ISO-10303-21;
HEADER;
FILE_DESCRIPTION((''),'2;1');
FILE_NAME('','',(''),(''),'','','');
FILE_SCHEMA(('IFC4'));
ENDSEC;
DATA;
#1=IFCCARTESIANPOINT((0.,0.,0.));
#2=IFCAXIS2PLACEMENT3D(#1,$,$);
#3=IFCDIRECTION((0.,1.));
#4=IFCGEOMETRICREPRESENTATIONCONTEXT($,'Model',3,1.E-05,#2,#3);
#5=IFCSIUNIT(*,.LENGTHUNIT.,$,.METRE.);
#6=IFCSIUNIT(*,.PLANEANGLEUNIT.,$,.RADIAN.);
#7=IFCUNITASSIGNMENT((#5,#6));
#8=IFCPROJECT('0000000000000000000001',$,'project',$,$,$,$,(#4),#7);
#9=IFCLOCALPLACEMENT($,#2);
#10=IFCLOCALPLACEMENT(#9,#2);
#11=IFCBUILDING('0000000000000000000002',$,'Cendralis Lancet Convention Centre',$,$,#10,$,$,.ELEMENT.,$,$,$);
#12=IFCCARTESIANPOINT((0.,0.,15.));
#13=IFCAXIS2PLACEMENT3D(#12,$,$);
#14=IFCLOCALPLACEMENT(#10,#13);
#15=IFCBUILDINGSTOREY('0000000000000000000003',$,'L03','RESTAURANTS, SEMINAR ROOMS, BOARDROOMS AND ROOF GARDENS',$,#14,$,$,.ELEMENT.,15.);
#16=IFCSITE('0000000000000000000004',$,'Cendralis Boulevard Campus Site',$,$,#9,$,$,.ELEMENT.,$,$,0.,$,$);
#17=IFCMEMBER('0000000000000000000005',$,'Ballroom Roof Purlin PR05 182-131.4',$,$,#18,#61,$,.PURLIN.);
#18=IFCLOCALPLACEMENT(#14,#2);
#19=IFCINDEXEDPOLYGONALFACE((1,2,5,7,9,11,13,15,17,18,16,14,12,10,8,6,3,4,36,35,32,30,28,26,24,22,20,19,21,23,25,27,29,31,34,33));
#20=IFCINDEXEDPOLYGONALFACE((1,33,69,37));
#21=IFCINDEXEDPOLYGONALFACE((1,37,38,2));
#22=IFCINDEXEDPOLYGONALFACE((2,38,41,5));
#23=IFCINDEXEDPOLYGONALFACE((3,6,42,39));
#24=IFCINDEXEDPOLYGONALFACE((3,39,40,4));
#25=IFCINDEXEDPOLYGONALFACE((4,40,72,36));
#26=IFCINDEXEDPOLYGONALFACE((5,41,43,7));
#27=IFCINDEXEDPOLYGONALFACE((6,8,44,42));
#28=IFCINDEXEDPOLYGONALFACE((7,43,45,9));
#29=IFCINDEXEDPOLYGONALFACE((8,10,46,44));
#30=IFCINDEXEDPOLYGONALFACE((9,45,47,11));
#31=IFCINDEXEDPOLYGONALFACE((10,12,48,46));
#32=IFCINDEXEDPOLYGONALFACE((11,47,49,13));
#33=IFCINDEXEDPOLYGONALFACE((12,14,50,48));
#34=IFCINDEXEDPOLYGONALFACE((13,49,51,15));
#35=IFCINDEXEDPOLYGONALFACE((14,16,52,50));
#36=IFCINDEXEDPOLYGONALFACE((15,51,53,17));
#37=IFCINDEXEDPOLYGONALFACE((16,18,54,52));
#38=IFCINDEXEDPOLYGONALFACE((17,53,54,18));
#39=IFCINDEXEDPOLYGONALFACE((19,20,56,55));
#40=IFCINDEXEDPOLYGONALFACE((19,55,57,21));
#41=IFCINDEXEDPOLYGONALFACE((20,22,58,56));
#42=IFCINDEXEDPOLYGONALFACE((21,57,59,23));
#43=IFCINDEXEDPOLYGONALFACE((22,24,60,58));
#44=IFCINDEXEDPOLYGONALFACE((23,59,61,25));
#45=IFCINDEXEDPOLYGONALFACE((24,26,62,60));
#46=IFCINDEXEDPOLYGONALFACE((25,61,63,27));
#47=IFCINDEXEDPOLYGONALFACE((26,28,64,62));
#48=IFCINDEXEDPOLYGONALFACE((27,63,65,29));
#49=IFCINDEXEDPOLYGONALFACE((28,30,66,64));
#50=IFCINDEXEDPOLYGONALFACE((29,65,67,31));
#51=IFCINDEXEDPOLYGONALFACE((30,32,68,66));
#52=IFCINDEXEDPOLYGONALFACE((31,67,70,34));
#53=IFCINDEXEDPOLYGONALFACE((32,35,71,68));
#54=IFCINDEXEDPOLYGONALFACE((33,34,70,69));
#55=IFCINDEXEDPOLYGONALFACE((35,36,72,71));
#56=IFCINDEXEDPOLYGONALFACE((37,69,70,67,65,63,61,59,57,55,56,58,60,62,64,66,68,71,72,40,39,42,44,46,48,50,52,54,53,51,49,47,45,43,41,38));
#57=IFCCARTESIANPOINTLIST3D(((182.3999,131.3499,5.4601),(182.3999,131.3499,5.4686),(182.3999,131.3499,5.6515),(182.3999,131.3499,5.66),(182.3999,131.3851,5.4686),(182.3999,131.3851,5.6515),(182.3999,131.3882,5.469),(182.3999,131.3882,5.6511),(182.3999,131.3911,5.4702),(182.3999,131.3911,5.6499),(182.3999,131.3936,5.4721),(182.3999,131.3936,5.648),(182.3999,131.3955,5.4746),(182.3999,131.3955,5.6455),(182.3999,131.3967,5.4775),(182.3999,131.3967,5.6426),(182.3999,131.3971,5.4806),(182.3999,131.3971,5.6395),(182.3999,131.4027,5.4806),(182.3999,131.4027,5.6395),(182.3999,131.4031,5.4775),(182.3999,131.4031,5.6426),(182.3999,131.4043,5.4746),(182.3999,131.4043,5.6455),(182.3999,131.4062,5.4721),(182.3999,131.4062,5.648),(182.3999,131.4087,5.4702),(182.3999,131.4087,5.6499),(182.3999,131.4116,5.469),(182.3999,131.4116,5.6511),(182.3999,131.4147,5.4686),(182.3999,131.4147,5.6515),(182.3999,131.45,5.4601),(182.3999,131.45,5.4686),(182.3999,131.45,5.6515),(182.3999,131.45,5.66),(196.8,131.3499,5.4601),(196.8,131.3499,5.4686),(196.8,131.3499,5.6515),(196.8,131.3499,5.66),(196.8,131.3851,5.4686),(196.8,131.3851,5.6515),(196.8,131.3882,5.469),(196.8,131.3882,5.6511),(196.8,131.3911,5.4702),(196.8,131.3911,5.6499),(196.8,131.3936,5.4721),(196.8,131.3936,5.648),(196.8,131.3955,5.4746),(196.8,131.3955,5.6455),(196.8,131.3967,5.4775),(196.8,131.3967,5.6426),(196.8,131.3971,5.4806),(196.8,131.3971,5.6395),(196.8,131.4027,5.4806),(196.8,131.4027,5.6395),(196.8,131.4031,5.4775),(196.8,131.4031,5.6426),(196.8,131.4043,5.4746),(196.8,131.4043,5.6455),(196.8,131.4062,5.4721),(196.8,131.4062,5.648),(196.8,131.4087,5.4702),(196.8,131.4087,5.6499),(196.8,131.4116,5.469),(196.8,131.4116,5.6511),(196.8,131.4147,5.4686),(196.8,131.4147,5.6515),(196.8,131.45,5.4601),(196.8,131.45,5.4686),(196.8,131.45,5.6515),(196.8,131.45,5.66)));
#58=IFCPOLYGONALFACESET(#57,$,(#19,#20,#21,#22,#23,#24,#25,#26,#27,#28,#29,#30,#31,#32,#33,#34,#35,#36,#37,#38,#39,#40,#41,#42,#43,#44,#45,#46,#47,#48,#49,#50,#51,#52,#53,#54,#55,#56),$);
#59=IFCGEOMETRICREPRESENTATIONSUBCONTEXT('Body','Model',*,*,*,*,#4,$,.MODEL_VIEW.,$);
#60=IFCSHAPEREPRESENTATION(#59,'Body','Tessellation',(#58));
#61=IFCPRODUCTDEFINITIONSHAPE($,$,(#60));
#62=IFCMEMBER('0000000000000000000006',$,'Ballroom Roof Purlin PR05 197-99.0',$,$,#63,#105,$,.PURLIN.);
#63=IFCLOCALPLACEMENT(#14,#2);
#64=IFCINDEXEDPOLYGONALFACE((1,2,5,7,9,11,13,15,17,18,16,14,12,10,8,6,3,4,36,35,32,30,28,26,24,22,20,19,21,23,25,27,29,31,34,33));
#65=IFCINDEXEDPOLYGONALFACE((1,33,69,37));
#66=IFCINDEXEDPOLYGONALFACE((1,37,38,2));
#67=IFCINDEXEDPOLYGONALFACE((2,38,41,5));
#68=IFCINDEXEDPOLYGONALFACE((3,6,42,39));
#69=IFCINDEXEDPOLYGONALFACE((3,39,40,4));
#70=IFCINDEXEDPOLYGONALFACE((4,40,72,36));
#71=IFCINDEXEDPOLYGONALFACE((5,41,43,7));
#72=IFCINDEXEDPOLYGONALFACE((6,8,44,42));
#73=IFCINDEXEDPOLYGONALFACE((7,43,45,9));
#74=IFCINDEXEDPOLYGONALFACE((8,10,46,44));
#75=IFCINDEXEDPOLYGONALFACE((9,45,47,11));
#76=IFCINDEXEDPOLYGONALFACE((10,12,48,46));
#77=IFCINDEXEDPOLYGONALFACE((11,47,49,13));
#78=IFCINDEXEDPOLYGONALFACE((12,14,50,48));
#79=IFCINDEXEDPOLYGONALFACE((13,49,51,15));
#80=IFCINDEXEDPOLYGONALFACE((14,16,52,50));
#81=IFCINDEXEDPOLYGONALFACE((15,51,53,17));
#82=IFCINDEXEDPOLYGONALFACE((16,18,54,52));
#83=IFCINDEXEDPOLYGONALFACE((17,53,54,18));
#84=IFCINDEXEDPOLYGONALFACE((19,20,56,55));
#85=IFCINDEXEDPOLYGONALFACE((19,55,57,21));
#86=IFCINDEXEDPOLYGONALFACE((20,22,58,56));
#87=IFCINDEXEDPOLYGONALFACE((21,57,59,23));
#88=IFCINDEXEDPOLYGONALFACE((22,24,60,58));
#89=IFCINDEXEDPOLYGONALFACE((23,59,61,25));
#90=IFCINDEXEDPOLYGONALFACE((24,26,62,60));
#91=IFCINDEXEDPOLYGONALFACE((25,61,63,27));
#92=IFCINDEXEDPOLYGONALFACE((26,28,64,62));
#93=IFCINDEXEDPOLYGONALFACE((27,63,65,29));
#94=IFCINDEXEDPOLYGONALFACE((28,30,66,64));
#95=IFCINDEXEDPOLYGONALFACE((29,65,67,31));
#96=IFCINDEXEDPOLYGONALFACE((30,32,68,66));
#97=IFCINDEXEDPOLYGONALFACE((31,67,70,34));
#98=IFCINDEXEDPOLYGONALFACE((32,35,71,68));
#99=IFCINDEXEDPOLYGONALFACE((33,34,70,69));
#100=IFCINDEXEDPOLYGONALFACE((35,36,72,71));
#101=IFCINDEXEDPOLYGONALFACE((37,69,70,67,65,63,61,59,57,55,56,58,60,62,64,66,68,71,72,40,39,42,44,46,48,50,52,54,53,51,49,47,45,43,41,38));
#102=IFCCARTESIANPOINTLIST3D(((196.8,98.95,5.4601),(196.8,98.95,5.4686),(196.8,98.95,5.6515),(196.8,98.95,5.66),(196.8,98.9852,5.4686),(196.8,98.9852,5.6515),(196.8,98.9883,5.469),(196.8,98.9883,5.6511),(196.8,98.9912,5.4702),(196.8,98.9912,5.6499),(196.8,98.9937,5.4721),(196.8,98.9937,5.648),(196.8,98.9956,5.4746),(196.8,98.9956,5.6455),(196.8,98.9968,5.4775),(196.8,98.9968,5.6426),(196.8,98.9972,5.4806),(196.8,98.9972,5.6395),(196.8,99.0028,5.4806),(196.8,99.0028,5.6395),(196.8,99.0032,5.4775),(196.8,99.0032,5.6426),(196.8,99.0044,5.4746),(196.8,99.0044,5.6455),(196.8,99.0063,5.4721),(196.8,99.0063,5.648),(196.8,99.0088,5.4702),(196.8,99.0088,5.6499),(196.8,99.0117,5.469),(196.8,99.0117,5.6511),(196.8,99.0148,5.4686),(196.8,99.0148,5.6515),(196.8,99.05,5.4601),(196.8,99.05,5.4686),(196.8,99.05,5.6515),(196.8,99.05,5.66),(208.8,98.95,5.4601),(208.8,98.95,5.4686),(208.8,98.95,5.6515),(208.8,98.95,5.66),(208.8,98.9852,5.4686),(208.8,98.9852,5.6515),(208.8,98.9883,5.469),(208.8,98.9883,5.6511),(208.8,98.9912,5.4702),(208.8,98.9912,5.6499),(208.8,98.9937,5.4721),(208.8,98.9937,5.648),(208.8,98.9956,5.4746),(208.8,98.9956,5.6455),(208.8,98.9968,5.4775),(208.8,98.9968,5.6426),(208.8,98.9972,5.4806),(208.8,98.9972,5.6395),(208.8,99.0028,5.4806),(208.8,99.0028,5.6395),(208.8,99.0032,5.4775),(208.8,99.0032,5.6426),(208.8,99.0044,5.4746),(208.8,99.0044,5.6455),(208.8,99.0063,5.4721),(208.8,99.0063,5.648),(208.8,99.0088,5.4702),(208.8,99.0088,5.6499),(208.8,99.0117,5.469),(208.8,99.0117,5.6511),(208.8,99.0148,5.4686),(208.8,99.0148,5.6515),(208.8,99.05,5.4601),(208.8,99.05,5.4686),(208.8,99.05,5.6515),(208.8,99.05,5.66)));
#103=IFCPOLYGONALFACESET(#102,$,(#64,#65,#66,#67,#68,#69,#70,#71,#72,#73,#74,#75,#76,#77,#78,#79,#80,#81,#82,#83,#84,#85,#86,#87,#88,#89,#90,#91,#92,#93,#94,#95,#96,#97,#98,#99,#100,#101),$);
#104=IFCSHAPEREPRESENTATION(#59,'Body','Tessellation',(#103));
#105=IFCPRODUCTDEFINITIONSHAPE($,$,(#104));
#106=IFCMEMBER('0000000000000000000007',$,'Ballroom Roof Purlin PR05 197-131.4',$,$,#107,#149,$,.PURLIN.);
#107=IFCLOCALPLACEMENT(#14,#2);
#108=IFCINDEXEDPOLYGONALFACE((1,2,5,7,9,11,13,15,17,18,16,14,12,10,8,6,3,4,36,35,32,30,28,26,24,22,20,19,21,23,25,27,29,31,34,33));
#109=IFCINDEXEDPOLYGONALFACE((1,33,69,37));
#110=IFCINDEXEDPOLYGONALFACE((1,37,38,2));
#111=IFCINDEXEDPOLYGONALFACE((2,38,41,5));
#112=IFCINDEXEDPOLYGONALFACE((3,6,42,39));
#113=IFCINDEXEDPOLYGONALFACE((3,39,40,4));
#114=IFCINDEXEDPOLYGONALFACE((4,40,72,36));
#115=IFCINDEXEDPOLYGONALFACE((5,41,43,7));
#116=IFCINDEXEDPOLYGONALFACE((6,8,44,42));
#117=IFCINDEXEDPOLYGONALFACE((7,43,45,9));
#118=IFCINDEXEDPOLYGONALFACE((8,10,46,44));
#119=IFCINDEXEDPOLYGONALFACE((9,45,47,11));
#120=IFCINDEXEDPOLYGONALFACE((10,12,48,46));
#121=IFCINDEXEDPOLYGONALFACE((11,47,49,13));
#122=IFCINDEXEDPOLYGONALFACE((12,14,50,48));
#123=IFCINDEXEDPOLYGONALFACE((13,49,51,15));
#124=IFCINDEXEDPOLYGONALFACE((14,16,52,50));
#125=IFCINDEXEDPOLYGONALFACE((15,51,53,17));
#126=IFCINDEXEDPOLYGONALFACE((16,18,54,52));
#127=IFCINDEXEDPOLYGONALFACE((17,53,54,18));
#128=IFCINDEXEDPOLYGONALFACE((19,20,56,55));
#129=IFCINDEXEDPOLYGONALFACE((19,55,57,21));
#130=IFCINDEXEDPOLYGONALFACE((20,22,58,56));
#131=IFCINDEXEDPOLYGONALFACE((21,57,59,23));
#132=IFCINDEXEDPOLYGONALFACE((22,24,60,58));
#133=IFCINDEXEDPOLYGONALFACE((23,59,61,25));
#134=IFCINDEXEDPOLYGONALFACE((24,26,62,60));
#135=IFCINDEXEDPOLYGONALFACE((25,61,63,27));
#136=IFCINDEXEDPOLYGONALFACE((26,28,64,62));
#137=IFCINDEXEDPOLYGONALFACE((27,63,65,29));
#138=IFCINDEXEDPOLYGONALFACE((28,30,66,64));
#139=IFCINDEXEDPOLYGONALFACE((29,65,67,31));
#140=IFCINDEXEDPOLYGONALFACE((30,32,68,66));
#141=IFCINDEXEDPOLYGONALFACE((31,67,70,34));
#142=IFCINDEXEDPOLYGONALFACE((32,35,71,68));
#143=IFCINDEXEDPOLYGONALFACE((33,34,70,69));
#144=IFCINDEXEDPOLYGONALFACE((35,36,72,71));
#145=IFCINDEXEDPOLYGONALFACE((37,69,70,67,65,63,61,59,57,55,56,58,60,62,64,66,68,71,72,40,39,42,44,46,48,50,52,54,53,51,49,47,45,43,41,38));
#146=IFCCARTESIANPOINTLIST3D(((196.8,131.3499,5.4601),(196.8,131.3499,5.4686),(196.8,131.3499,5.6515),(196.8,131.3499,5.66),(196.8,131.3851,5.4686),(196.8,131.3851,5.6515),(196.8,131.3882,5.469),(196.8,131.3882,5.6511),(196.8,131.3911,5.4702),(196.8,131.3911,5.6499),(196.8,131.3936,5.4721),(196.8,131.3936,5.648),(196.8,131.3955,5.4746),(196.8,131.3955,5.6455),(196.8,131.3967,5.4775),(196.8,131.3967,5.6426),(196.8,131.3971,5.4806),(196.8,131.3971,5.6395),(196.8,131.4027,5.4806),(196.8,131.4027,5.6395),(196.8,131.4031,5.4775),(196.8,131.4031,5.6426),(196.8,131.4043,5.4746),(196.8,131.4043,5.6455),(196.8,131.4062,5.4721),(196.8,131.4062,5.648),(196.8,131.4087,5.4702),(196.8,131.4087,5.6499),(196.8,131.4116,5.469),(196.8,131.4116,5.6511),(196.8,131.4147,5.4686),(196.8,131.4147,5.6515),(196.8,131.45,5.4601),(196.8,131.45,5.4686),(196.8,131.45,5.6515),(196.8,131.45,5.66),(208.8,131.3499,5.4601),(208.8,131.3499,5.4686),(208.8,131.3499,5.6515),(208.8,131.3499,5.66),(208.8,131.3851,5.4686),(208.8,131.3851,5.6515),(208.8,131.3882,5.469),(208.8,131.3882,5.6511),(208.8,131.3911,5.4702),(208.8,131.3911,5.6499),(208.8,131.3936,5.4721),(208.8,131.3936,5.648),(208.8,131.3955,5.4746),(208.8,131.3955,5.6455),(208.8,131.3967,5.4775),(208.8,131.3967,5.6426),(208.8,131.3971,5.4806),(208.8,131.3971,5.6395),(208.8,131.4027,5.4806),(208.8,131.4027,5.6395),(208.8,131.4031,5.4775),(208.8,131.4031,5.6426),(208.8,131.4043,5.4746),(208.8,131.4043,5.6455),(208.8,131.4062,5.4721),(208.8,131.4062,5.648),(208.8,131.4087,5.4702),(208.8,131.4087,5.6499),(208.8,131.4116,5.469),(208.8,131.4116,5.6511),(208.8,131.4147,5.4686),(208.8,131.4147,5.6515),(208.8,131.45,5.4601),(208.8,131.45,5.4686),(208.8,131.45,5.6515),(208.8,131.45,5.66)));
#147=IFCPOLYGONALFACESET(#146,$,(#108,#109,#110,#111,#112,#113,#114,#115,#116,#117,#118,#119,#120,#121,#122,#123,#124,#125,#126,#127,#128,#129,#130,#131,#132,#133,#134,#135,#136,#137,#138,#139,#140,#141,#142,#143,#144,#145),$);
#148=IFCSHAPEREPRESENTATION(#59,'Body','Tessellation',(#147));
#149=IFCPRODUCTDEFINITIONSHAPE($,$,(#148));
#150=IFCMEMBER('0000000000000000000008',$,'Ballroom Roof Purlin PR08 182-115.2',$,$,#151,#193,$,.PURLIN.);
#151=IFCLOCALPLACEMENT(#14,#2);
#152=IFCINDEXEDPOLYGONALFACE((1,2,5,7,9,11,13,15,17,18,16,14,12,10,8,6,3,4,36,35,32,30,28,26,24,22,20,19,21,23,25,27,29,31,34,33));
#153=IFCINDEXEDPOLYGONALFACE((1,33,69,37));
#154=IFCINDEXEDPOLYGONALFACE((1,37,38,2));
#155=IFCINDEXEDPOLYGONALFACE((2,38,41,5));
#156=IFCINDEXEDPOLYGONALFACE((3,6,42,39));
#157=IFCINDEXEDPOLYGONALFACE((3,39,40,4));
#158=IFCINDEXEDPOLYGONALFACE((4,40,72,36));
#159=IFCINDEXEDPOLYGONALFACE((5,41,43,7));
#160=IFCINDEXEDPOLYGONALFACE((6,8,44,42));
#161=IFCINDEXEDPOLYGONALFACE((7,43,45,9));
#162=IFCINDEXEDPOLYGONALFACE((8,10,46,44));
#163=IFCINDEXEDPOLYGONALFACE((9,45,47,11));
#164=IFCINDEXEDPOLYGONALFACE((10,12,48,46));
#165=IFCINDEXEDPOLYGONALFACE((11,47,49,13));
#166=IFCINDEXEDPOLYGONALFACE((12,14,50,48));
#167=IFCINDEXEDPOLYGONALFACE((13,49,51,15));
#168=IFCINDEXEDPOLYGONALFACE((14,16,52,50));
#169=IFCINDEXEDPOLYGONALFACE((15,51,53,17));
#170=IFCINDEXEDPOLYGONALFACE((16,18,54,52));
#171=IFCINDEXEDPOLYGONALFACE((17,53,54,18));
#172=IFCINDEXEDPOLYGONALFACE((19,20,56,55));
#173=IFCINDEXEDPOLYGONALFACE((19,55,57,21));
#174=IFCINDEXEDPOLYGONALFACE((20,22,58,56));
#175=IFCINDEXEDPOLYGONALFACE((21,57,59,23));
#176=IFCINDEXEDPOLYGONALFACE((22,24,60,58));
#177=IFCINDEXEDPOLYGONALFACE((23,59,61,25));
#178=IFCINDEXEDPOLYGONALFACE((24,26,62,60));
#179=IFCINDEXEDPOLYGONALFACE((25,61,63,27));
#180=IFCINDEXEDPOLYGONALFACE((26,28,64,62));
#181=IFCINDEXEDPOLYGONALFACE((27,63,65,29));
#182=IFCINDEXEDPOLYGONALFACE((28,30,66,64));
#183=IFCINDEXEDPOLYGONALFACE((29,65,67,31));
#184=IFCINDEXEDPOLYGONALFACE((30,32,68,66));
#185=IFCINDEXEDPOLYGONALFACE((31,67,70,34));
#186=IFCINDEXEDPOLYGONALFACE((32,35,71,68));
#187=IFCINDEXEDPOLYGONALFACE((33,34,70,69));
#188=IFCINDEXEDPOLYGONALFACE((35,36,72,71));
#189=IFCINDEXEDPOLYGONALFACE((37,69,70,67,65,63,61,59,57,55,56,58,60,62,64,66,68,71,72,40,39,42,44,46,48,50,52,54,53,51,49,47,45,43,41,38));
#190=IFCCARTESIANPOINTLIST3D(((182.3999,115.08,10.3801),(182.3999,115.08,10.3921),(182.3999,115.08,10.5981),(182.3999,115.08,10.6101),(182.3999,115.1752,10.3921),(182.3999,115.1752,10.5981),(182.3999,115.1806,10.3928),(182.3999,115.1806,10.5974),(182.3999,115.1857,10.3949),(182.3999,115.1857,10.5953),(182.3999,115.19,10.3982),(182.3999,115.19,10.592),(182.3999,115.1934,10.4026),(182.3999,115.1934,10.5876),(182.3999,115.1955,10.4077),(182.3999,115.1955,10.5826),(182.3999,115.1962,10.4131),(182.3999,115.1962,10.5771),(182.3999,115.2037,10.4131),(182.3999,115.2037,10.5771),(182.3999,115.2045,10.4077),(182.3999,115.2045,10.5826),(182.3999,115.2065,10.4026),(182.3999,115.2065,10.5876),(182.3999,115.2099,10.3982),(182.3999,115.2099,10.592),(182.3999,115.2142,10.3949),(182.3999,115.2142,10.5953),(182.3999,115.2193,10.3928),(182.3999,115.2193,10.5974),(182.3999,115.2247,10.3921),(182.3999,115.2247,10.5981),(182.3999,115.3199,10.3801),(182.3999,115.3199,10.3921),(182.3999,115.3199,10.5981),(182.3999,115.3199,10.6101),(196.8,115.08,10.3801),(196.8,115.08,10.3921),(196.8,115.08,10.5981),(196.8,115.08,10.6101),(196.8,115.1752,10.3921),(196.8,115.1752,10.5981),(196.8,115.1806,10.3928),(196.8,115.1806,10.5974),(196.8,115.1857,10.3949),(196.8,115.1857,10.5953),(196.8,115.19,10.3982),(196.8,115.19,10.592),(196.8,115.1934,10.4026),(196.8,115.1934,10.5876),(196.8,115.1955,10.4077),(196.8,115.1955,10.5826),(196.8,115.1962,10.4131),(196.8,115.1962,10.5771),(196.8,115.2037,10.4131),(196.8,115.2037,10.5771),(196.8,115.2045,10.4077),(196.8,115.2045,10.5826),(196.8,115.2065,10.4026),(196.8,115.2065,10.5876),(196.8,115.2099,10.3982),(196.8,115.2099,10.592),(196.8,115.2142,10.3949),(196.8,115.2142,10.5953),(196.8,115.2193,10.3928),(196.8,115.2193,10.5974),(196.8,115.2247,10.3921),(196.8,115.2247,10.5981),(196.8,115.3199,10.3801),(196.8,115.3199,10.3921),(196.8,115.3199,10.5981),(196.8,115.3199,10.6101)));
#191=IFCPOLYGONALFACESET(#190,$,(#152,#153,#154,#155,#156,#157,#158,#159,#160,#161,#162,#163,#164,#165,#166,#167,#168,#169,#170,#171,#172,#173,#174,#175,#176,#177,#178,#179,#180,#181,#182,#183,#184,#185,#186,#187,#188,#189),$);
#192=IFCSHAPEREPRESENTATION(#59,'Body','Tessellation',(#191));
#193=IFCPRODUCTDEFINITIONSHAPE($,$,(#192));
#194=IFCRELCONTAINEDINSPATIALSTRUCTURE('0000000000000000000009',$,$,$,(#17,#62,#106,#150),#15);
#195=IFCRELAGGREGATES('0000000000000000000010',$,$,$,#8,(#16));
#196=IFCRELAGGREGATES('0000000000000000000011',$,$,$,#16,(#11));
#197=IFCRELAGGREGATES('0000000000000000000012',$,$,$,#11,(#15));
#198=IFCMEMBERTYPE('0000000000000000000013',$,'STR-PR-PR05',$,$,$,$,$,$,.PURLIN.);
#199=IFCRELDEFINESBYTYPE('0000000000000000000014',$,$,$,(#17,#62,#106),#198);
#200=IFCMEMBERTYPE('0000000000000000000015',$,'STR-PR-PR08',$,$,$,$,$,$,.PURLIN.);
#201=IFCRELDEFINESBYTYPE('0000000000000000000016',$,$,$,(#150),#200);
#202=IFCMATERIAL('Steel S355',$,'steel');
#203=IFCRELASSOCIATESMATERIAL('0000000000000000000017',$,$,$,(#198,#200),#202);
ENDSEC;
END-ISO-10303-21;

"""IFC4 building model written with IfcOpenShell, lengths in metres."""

from ifc_helpers import new_model, si_unit, direction, frame, origin, origin_2d, place, context, subcontext, project, spatial, i_section, extrude, material, material_profile, profile_set, type_object, element, save


model = new_model("IFC4")

# Units and contexts
model_context = context("Model", 3, precision=1e-05, world=origin(), true_north=direction((0.0, 1.0)))
body_context = subcontext(model_context, "Body", "Model", "MODEL_VIEW")
ifc_project = project(units=[si_unit("LENGTHUNIT", "METRE"), si_unit("PLANEANGLEUNIT", "RADIAN")], contexts=[model_context])

# Site, building, storey
site_placement = place(None, origin())
site = spatial("IfcSite", under=ifc_project, at=site_placement, Name="Cendralis Boulevard Campus Site", CompositionType="ELEMENT", RefElevation=0.0)
building_placement = place(site_placement, origin())
building = spatial("IfcBuilding", under=site, at=building_placement, Name="Cendralis Lancet Convention Centre", CompositionType="ELEMENT")
storey_placement = place(building_placement, frame((0.0, 0.0, 15.0)))
storey = spatial("IfcBuildingStorey", under=building, at=storey_placement, Name="L03", Description="RESTAURANTS, SEMINAR ROOMS, BOARDROOMS AND ROOF GARDENS", CompositionType="ELEMENT", Elevation=15.0)

# Shared definitions
ifc_material = material(Name="Steel S355", Category="steel")

# Members
ifc_material_profile_1 = material_profile(ifc_material, i_section(OverallWidth=0.1001, OverallDepth=0.2, WebThickness=0.0056, FlangeThickness=0.0085, FilletRadius=0.012, at=origin_2d()), Name="IPE 200")
ifc_profile_set_1 = profile_set([ifc_material_profile_1], Name="Steel S355")
member_type_1 = type_object("IfcMemberType", Name="STR-PR-PR05", PredefinedType="PURLIN", material=ifc_profile_set_1)
member_1_placement = place(storey_placement, frame((182.3999, 131.3999, 5.5601), z_axis=(1.0, 0.0, 0.0), x_axis=(0.0, 1.0, 0.0)))
element("IfcMember", 1, at=member_1_placement, inside=storey, type_object=member_type_1, Name="Ballroom Roof Purlin PR05 182-131.4", PredefinedType="PURLIN", context=body_context, shape_type="SweptSolid", body=[
    extrude(i_section(OverallWidth=0.1001, OverallDepth=0.2, WebThickness=0.0056, FlangeThickness=0.0085, FilletRadius=0.012, at=origin_2d()), origin(), (0.0, 0.0, 1.0), 14.4001),
])
for number, where, z_axis, x_axis, name in (
    (2, (196.8, 99.0, 5.5601), (1.0, 0.0, 0.0), (0.0, 1.0, 0.0), "Ballroom Roof Purlin PR05 197-99.0"),
    (3, (196.8, 131.3999, 5.5601), (1.0, 0.0, 0.0), (0.0, 1.0, 0.0), "Ballroom Roof Purlin PR05 197-131.4"),
):
    element("IfcMember", number, at=place(storey_placement, frame(where, z_axis=z_axis, x_axis=x_axis)), inside=storey, type_object=member_type_1, Name=name, PredefinedType="PURLIN", context=body_context, shape_type="SweptSolid", body=[
        extrude(i_section(OverallWidth=0.1001, OverallDepth=0.2, WebThickness=0.0056, FlangeThickness=0.0085, FilletRadius=0.012, at=origin_2d()), origin(), (0.0, 0.0, 1.0), 12.0),
    ])
ifc_material_profile_2 = material_profile(ifc_material, i_section(OverallWidth=0.24, OverallDepth=0.23, WebThickness=0.0076, FlangeThickness=0.012, FilletRadius=0.021, at=origin_2d()), Name="HEA 240")
ifc_profile_set_2 = profile_set([ifc_material_profile_2], Name="Steel S355")
member_type_2 = type_object("IfcMemberType", Name="STR-PR-PR08", PredefinedType="PURLIN", material=ifc_profile_set_2)
for number, where, z_axis, x_axis, name in (
    (4, (182.3999, 115.2, 10.4951), (1.0, 0.0, 0.0), (0.0, 1.0, 0.0), "Ballroom Roof Purlin PR08 182-115.2"),
):
    element("IfcMember", number, at=place(storey_placement, frame(where, z_axis=z_axis, x_axis=x_axis)), inside=storey, type_object=member_type_2, Name=name, PredefinedType="PURLIN", context=body_context, shape_type="SweptSolid", body=[
        extrude(i_section(OverallWidth=0.24, OverallDepth=0.23, WebThickness=0.0076, FlangeThickness=0.012, FilletRadius=0.021, at=origin_2d()), origin(), (0.0, 0.0, 1.0), 14.4001),
    ])

save(model, "model.ifc")
